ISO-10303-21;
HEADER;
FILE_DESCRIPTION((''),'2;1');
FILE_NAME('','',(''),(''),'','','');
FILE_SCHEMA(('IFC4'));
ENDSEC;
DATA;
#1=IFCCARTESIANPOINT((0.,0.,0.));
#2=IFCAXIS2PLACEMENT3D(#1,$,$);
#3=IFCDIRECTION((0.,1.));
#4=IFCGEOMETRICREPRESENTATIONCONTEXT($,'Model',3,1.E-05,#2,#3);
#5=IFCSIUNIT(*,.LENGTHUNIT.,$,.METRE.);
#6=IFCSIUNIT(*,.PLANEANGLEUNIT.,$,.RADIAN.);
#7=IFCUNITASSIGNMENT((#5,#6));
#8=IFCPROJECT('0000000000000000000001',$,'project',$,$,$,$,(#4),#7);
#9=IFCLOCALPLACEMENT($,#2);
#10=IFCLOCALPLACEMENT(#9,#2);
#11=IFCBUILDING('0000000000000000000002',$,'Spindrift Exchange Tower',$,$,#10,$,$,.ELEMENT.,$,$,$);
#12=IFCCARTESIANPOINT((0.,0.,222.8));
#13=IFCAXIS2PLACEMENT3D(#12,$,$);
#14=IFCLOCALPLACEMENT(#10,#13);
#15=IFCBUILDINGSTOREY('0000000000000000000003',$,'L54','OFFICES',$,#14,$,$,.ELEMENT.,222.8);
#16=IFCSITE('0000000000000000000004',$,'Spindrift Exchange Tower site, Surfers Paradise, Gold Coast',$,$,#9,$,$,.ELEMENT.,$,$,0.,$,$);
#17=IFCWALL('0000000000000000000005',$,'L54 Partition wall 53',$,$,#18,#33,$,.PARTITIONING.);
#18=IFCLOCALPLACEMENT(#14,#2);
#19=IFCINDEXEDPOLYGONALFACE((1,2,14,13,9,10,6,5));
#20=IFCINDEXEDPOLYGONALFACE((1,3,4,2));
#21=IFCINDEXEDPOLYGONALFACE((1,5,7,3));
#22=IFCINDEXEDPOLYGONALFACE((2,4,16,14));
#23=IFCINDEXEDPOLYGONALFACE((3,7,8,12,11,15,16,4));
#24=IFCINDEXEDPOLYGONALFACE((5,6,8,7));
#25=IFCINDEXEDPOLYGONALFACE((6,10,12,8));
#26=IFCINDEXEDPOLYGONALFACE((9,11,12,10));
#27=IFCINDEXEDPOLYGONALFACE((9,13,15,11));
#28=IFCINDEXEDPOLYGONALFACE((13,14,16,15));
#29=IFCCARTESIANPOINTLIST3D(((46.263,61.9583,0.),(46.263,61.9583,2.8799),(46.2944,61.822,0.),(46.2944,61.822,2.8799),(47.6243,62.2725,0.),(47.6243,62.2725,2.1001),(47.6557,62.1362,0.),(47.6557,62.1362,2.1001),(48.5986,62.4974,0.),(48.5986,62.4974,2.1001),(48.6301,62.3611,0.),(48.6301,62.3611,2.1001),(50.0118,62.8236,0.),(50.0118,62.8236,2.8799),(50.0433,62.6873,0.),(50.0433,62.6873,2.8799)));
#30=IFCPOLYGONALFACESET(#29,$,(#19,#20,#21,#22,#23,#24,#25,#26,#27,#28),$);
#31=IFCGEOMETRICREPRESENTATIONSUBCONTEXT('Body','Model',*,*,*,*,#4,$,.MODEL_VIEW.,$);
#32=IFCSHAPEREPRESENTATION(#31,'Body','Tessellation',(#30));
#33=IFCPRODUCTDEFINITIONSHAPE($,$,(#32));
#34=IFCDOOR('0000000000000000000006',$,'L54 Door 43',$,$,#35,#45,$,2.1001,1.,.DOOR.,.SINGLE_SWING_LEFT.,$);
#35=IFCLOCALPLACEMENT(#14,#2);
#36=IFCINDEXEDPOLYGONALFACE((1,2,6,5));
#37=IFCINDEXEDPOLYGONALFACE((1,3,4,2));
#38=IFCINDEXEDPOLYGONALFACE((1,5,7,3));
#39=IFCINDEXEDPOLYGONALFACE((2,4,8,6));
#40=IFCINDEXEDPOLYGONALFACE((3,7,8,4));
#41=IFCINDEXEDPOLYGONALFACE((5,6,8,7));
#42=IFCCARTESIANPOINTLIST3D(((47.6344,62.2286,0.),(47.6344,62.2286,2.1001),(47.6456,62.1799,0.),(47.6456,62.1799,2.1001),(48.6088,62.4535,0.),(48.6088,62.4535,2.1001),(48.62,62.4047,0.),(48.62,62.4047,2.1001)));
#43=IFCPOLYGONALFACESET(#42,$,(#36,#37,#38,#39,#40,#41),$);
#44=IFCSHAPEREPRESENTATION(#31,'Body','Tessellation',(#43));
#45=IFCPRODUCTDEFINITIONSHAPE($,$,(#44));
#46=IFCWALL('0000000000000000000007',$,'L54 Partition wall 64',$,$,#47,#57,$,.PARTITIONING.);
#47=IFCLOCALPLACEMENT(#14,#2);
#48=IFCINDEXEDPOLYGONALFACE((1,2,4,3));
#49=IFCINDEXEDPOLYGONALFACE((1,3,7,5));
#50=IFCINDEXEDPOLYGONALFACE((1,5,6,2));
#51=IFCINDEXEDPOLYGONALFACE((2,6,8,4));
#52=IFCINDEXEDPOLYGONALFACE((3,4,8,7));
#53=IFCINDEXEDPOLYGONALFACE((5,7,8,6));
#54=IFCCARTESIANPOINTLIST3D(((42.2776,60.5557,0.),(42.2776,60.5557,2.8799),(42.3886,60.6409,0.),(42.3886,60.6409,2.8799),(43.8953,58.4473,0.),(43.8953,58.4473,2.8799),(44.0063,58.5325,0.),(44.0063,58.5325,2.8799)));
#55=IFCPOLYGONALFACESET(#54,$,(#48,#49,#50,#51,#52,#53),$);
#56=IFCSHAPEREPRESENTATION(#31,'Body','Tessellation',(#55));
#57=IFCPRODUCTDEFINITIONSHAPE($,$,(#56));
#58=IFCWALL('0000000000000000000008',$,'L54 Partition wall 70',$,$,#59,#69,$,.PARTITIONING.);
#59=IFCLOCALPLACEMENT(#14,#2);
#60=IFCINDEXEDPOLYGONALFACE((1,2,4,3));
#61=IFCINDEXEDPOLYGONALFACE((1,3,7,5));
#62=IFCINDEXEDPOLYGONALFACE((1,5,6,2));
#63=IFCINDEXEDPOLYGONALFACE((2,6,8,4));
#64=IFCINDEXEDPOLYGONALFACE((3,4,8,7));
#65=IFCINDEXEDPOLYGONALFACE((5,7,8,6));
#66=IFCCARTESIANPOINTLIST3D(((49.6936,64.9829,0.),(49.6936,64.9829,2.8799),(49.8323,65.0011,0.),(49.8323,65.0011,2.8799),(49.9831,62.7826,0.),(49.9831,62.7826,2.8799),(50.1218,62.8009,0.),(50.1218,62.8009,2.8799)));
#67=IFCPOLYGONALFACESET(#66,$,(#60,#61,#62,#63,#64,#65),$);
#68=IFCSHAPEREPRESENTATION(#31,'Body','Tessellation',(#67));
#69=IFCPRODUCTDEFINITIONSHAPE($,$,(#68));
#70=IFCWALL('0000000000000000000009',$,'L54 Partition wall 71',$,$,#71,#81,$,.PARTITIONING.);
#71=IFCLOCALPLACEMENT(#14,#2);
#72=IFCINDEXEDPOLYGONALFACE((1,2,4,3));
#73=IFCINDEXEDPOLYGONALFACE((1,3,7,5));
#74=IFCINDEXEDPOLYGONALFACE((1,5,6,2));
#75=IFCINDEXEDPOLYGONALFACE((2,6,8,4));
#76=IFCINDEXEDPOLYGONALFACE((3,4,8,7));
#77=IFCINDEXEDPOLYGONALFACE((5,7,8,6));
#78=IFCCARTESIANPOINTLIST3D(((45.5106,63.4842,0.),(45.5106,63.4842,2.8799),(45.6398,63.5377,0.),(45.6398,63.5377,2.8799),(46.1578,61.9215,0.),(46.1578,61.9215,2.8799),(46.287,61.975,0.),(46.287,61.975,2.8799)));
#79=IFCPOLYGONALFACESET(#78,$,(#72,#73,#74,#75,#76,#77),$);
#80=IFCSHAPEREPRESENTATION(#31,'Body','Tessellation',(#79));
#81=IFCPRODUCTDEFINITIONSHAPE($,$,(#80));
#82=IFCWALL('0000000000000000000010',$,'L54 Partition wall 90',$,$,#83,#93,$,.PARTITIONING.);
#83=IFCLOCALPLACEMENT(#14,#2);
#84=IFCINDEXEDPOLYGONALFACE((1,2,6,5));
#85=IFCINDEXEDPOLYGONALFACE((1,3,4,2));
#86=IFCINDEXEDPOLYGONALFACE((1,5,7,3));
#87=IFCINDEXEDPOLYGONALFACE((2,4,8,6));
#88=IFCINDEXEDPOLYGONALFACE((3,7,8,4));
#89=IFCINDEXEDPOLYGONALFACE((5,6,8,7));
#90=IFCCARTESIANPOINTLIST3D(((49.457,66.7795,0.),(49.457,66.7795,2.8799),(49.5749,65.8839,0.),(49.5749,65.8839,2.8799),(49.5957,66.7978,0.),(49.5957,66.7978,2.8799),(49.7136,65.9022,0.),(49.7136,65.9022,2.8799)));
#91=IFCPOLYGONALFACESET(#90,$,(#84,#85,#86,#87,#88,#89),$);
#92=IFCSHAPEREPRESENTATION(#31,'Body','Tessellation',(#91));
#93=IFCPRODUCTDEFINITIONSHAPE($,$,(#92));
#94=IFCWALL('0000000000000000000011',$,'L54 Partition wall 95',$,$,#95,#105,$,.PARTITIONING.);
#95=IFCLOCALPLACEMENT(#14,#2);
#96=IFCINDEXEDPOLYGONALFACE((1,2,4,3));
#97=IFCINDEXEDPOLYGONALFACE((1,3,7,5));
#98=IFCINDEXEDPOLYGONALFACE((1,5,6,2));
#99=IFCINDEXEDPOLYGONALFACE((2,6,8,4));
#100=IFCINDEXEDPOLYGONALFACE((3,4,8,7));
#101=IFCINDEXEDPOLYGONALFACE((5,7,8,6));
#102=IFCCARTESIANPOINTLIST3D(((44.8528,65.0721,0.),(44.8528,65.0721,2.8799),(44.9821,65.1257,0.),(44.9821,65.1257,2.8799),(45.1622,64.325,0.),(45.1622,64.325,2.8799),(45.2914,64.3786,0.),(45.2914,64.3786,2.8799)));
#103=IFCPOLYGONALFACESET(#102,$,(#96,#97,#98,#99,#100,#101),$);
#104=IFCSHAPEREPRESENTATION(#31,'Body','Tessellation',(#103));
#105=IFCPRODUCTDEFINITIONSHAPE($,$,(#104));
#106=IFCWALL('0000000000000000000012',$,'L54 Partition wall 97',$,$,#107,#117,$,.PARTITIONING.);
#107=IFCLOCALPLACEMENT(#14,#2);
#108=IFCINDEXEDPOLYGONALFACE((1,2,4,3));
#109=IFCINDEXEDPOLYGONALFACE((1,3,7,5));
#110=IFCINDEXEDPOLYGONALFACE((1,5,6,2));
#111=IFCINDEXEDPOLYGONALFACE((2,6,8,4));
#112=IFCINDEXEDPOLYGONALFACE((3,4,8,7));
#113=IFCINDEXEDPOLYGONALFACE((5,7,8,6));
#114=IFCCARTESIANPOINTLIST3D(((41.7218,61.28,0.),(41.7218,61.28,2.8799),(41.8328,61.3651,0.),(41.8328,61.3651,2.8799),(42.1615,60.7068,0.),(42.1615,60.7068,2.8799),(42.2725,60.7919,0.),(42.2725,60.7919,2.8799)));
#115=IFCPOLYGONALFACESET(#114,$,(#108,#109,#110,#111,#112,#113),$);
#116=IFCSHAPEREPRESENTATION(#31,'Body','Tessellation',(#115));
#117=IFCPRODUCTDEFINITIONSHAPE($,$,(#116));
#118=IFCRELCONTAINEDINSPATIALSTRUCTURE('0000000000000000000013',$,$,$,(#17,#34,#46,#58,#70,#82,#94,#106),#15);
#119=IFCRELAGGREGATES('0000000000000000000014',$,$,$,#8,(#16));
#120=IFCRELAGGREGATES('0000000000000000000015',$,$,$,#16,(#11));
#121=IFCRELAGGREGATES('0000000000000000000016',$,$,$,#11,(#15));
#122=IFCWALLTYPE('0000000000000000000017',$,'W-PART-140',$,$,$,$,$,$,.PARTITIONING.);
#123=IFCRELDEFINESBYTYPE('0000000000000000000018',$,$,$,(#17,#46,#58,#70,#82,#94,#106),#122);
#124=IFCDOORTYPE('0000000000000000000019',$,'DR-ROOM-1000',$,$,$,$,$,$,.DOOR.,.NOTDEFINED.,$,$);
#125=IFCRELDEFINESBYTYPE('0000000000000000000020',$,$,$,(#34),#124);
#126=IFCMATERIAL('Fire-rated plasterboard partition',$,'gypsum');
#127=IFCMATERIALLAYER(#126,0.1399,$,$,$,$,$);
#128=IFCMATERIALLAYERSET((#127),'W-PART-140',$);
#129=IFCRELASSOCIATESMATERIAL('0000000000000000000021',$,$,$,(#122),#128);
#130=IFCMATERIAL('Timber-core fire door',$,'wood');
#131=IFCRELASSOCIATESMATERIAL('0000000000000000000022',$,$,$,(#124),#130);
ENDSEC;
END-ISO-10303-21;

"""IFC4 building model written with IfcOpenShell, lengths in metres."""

from ifc_helpers import new_model, si_unit, direction, frame, frame_2d, origin, place, context, subcontext, project, spatial, rectangle, extrude, source, transform, mapped, material, layer, layer_set, type_object, element, fill, save


model = new_model("IFC4")

# Units and contexts
model_context = context("Model", 3, precision=1e-05, world=origin(), true_north=direction((0.0, 1.0)))
body_context = subcontext(model_context, "Body", "Model", "MODEL_VIEW")
ifc_project = project(units=[si_unit("LENGTHUNIT", "METRE"), si_unit("PLANEANGLEUNIT", "RADIAN")], contexts=[model_context])

# Site, building, storey
site_placement = place(None, origin())
site = spatial("IfcSite", under=ifc_project, at=site_placement, Name="Spindrift Exchange Tower site, Surfers Paradise, Gold Coast", CompositionType="ELEMENT", RefElevation=0.0)
building_placement = place(site_placement, origin())
building = spatial("IfcBuilding", under=site, at=building_placement, Name="Spindrift Exchange Tower", CompositionType="ELEMENT")
storey_placement = place(building_placement, frame((0.0, 0.0, 222.8)))
storey = spatial("IfcBuildingStorey", under=building, at=storey_placement, Name="L54", Description="OFFICES", CompositionType="ELEMENT", Elevation=222.8)

# Shared definitions
ifc_material_1 = material(Name="Fire-rated plasterboard partition", Category="gypsum")
ifc_layer_1 = layer(ifc_material_1, 0.1399)
ifc_layer_set_1 = layer_set([ifc_layer_1], Name="W-PART-140")
wall_type = type_object("IfcWallType", Name="W-PART-140", PredefinedType="PARTITIONING", material=ifc_layer_set_1)

# Wall, opening, door
ifc_material_2 = material(Name="Timber-core fire door", Category="wood")
door_type = type_object("IfcDoorType", Name="DR-ROOM-1000", OperationType="NOTDEFINED", PredefinedType="DOOR", material=ifc_material_2)
shared_shape_1 = source(origin(), body_context, "Body", "SweptSolid", [
    extrude(rectangle(XDim=1.0, YDim=2.1001, at=frame_2d((0.5, 1.05))), frame((0.0, 0.0249, 0.0), z_axis=(0.0, -1.0, 0.0), x_axis=(1.0, 0.0, 0.0)), (0.0, 0.0, 1.0), 0.05),
])
wall_1_placement = place(storey_placement, frame((46.2786, 61.8901, 0.0), z_axis=(0.0, 0.0, 1.0), x_axis=(0.974384, 0.224892, 0.0)))
wall_1 = element("IfcWall", 1, at=wall_1_placement, inside=storey, type_object=wall_type, Name="L54 Partition wall 53", PredefinedType="PARTITIONING", context=body_context, shape_type="SweptSolid", body=[
    extrude(rectangle(XDim=3.8474, YDim=0.1399, at=frame_2d((1.9238, 0.0))), origin(), (0.0, 0.0, 1.0), 2.8799),
])
opening_1_placement = place(wall_1_placement, frame((1.3972, 0.0, 0.0)))
opening_1 = element("IfcOpeningElement", 2, at=opening_1_placement, cuts=wall_1, PredefinedType="OPENING", context=body_context, shape_type="SweptSolid", body=[
    extrude(rectangle(XDim=1.0, YDim=2.1001, at=frame_2d((0.5, 1.05))), frame((0.0, 0.0798, 0.0), z_axis=(0.0, -1.0, 0.0), x_axis=(1.0, 0.0, 0.0)), (0.0, 0.0, 1.0), 0.1599),
])
door_1_placement = place(opening_1_placement, origin())
door_1 = element("IfcDoor", 3, at=door_1_placement, inside=storey, type_object=door_type, Name="L54 Door 43", OperationType="SINGLE_SWING_LEFT", OverallHeight=2.1001, OverallWidth=1.0, PredefinedType="DOOR", context=body_context, shape_type="MappedRepresentation", body=[
    mapped(shared_shape_1, transform((0.0, 0.0, 0.0), scale=1.0)),
])
fill(opening_1, door_1)

# Walls
wall_2_placement = place(storey_placement, frame((43.9507, 58.49, 0.0), z_axis=(0.0, 0.0, 1.0), x_axis=(-0.608725, 0.793382, 0.0)))
element("IfcWall", 4, at=wall_2_placement, inside=storey, type_object=wall_type, Name="L54 Partition wall 64", PredefinedType="PARTITIONING", context=body_context, shape_type="SweptSolid", body=[
    extrude(rectangle(XDim=2.6575, YDim=0.1399, at=frame_2d((1.3286, 0.0))), origin(), (0.0, 0.0, 1.0), 2.8799),
])
wall_3_placement = place(storey_placement, frame((50.0525, 62.7917, 0.0), z_axis=(0.0, 0.0, 1.0), x_axis=(-0.130477, 0.991451, 0.0)))
element("IfcWall", 5, at=wall_3_placement, inside=storey, type_object=wall_type, Name="L54 Partition wall 70", PredefinedType="PARTITIONING", context=body_context, shape_type="SweptSolid", body=[
    extrude(rectangle(XDim=2.2192, YDim=0.1399, at=frame_2d((1.1096, 0.0))), origin(), (0.0, 0.0, 1.0), 2.8799),
])
wall_4_placement = place(storey_placement, frame((46.2224, 61.9482, 0.0), z_axis=(0.0, 0.0, 1.0), x_axis=(-0.382636, 0.923899, 0.0)))
element("IfcWall", 6, at=wall_4_placement, inside=storey, type_object=wall_type, Name="L54 Partition wall 71", PredefinedType="PARTITIONING", context=body_context, shape_type="SweptSolid", body=[
    extrude(rectangle(XDim=1.6914, YDim=0.1399, at=frame_2d((0.8457, 0.0))), origin(), (0.0, 0.0, 1.0), 2.8799),
])
wall_5_placement = place(storey_placement, frame((49.6443, 65.8931, 0.0), z_axis=(0.0, 0.0, 1.0), x_axis=(-0.130552, 0.991441, 0.0)))
element("IfcWall", 7, at=wall_5_placement, inside=storey, type_object=wall_type, Name="L54 Partition wall 90", PredefinedType="PARTITIONING", context=body_context, shape_type="SweptSolid", body=[
    extrude(rectangle(XDim=0.9033, YDim=0.1399, at=frame_2d((0.4517, 0.0))), origin(), (0.0, 0.0, 1.0), 2.8799),
])
wall_6_placement = place(storey_placement, frame((45.2268, 64.3518, 0.0), z_axis=(0.0, 0.0, 1.0), x_axis=(-0.382556, 0.923932, 0.0)))
element("IfcWall", 8, at=wall_6_placement, inside=storey, type_object=wall_type, Name="L54 Partition wall 95", PredefinedType="PARTITIONING", context=body_context, shape_type="SweptSolid", body=[
    extrude(rectangle(XDim=0.8086, YDim=0.1399, at=frame_2d((0.4043, 0.0))), origin(), (0.0, 0.0, 1.0), 2.8799),
])
wall_7_placement = place(storey_placement, frame((42.217, 60.7493, 0.0), z_axis=(0.0, 0.0, 1.0), x_axis=(-0.608616, 0.793465, 0.0)))
element("IfcWall", 9, at=wall_7_placement, inside=storey, type_object=wall_type, Name="L54 Partition wall 97", PredefinedType="PARTITIONING", context=body_context, shape_type="SweptSolid", body=[
    extrude(rectangle(XDim=0.7224, YDim=0.1399, at=frame_2d((0.3613, 0.0))), origin(), (0.0, 0.0, 1.0), 2.8799),
])

save(model, "model.ifc")
